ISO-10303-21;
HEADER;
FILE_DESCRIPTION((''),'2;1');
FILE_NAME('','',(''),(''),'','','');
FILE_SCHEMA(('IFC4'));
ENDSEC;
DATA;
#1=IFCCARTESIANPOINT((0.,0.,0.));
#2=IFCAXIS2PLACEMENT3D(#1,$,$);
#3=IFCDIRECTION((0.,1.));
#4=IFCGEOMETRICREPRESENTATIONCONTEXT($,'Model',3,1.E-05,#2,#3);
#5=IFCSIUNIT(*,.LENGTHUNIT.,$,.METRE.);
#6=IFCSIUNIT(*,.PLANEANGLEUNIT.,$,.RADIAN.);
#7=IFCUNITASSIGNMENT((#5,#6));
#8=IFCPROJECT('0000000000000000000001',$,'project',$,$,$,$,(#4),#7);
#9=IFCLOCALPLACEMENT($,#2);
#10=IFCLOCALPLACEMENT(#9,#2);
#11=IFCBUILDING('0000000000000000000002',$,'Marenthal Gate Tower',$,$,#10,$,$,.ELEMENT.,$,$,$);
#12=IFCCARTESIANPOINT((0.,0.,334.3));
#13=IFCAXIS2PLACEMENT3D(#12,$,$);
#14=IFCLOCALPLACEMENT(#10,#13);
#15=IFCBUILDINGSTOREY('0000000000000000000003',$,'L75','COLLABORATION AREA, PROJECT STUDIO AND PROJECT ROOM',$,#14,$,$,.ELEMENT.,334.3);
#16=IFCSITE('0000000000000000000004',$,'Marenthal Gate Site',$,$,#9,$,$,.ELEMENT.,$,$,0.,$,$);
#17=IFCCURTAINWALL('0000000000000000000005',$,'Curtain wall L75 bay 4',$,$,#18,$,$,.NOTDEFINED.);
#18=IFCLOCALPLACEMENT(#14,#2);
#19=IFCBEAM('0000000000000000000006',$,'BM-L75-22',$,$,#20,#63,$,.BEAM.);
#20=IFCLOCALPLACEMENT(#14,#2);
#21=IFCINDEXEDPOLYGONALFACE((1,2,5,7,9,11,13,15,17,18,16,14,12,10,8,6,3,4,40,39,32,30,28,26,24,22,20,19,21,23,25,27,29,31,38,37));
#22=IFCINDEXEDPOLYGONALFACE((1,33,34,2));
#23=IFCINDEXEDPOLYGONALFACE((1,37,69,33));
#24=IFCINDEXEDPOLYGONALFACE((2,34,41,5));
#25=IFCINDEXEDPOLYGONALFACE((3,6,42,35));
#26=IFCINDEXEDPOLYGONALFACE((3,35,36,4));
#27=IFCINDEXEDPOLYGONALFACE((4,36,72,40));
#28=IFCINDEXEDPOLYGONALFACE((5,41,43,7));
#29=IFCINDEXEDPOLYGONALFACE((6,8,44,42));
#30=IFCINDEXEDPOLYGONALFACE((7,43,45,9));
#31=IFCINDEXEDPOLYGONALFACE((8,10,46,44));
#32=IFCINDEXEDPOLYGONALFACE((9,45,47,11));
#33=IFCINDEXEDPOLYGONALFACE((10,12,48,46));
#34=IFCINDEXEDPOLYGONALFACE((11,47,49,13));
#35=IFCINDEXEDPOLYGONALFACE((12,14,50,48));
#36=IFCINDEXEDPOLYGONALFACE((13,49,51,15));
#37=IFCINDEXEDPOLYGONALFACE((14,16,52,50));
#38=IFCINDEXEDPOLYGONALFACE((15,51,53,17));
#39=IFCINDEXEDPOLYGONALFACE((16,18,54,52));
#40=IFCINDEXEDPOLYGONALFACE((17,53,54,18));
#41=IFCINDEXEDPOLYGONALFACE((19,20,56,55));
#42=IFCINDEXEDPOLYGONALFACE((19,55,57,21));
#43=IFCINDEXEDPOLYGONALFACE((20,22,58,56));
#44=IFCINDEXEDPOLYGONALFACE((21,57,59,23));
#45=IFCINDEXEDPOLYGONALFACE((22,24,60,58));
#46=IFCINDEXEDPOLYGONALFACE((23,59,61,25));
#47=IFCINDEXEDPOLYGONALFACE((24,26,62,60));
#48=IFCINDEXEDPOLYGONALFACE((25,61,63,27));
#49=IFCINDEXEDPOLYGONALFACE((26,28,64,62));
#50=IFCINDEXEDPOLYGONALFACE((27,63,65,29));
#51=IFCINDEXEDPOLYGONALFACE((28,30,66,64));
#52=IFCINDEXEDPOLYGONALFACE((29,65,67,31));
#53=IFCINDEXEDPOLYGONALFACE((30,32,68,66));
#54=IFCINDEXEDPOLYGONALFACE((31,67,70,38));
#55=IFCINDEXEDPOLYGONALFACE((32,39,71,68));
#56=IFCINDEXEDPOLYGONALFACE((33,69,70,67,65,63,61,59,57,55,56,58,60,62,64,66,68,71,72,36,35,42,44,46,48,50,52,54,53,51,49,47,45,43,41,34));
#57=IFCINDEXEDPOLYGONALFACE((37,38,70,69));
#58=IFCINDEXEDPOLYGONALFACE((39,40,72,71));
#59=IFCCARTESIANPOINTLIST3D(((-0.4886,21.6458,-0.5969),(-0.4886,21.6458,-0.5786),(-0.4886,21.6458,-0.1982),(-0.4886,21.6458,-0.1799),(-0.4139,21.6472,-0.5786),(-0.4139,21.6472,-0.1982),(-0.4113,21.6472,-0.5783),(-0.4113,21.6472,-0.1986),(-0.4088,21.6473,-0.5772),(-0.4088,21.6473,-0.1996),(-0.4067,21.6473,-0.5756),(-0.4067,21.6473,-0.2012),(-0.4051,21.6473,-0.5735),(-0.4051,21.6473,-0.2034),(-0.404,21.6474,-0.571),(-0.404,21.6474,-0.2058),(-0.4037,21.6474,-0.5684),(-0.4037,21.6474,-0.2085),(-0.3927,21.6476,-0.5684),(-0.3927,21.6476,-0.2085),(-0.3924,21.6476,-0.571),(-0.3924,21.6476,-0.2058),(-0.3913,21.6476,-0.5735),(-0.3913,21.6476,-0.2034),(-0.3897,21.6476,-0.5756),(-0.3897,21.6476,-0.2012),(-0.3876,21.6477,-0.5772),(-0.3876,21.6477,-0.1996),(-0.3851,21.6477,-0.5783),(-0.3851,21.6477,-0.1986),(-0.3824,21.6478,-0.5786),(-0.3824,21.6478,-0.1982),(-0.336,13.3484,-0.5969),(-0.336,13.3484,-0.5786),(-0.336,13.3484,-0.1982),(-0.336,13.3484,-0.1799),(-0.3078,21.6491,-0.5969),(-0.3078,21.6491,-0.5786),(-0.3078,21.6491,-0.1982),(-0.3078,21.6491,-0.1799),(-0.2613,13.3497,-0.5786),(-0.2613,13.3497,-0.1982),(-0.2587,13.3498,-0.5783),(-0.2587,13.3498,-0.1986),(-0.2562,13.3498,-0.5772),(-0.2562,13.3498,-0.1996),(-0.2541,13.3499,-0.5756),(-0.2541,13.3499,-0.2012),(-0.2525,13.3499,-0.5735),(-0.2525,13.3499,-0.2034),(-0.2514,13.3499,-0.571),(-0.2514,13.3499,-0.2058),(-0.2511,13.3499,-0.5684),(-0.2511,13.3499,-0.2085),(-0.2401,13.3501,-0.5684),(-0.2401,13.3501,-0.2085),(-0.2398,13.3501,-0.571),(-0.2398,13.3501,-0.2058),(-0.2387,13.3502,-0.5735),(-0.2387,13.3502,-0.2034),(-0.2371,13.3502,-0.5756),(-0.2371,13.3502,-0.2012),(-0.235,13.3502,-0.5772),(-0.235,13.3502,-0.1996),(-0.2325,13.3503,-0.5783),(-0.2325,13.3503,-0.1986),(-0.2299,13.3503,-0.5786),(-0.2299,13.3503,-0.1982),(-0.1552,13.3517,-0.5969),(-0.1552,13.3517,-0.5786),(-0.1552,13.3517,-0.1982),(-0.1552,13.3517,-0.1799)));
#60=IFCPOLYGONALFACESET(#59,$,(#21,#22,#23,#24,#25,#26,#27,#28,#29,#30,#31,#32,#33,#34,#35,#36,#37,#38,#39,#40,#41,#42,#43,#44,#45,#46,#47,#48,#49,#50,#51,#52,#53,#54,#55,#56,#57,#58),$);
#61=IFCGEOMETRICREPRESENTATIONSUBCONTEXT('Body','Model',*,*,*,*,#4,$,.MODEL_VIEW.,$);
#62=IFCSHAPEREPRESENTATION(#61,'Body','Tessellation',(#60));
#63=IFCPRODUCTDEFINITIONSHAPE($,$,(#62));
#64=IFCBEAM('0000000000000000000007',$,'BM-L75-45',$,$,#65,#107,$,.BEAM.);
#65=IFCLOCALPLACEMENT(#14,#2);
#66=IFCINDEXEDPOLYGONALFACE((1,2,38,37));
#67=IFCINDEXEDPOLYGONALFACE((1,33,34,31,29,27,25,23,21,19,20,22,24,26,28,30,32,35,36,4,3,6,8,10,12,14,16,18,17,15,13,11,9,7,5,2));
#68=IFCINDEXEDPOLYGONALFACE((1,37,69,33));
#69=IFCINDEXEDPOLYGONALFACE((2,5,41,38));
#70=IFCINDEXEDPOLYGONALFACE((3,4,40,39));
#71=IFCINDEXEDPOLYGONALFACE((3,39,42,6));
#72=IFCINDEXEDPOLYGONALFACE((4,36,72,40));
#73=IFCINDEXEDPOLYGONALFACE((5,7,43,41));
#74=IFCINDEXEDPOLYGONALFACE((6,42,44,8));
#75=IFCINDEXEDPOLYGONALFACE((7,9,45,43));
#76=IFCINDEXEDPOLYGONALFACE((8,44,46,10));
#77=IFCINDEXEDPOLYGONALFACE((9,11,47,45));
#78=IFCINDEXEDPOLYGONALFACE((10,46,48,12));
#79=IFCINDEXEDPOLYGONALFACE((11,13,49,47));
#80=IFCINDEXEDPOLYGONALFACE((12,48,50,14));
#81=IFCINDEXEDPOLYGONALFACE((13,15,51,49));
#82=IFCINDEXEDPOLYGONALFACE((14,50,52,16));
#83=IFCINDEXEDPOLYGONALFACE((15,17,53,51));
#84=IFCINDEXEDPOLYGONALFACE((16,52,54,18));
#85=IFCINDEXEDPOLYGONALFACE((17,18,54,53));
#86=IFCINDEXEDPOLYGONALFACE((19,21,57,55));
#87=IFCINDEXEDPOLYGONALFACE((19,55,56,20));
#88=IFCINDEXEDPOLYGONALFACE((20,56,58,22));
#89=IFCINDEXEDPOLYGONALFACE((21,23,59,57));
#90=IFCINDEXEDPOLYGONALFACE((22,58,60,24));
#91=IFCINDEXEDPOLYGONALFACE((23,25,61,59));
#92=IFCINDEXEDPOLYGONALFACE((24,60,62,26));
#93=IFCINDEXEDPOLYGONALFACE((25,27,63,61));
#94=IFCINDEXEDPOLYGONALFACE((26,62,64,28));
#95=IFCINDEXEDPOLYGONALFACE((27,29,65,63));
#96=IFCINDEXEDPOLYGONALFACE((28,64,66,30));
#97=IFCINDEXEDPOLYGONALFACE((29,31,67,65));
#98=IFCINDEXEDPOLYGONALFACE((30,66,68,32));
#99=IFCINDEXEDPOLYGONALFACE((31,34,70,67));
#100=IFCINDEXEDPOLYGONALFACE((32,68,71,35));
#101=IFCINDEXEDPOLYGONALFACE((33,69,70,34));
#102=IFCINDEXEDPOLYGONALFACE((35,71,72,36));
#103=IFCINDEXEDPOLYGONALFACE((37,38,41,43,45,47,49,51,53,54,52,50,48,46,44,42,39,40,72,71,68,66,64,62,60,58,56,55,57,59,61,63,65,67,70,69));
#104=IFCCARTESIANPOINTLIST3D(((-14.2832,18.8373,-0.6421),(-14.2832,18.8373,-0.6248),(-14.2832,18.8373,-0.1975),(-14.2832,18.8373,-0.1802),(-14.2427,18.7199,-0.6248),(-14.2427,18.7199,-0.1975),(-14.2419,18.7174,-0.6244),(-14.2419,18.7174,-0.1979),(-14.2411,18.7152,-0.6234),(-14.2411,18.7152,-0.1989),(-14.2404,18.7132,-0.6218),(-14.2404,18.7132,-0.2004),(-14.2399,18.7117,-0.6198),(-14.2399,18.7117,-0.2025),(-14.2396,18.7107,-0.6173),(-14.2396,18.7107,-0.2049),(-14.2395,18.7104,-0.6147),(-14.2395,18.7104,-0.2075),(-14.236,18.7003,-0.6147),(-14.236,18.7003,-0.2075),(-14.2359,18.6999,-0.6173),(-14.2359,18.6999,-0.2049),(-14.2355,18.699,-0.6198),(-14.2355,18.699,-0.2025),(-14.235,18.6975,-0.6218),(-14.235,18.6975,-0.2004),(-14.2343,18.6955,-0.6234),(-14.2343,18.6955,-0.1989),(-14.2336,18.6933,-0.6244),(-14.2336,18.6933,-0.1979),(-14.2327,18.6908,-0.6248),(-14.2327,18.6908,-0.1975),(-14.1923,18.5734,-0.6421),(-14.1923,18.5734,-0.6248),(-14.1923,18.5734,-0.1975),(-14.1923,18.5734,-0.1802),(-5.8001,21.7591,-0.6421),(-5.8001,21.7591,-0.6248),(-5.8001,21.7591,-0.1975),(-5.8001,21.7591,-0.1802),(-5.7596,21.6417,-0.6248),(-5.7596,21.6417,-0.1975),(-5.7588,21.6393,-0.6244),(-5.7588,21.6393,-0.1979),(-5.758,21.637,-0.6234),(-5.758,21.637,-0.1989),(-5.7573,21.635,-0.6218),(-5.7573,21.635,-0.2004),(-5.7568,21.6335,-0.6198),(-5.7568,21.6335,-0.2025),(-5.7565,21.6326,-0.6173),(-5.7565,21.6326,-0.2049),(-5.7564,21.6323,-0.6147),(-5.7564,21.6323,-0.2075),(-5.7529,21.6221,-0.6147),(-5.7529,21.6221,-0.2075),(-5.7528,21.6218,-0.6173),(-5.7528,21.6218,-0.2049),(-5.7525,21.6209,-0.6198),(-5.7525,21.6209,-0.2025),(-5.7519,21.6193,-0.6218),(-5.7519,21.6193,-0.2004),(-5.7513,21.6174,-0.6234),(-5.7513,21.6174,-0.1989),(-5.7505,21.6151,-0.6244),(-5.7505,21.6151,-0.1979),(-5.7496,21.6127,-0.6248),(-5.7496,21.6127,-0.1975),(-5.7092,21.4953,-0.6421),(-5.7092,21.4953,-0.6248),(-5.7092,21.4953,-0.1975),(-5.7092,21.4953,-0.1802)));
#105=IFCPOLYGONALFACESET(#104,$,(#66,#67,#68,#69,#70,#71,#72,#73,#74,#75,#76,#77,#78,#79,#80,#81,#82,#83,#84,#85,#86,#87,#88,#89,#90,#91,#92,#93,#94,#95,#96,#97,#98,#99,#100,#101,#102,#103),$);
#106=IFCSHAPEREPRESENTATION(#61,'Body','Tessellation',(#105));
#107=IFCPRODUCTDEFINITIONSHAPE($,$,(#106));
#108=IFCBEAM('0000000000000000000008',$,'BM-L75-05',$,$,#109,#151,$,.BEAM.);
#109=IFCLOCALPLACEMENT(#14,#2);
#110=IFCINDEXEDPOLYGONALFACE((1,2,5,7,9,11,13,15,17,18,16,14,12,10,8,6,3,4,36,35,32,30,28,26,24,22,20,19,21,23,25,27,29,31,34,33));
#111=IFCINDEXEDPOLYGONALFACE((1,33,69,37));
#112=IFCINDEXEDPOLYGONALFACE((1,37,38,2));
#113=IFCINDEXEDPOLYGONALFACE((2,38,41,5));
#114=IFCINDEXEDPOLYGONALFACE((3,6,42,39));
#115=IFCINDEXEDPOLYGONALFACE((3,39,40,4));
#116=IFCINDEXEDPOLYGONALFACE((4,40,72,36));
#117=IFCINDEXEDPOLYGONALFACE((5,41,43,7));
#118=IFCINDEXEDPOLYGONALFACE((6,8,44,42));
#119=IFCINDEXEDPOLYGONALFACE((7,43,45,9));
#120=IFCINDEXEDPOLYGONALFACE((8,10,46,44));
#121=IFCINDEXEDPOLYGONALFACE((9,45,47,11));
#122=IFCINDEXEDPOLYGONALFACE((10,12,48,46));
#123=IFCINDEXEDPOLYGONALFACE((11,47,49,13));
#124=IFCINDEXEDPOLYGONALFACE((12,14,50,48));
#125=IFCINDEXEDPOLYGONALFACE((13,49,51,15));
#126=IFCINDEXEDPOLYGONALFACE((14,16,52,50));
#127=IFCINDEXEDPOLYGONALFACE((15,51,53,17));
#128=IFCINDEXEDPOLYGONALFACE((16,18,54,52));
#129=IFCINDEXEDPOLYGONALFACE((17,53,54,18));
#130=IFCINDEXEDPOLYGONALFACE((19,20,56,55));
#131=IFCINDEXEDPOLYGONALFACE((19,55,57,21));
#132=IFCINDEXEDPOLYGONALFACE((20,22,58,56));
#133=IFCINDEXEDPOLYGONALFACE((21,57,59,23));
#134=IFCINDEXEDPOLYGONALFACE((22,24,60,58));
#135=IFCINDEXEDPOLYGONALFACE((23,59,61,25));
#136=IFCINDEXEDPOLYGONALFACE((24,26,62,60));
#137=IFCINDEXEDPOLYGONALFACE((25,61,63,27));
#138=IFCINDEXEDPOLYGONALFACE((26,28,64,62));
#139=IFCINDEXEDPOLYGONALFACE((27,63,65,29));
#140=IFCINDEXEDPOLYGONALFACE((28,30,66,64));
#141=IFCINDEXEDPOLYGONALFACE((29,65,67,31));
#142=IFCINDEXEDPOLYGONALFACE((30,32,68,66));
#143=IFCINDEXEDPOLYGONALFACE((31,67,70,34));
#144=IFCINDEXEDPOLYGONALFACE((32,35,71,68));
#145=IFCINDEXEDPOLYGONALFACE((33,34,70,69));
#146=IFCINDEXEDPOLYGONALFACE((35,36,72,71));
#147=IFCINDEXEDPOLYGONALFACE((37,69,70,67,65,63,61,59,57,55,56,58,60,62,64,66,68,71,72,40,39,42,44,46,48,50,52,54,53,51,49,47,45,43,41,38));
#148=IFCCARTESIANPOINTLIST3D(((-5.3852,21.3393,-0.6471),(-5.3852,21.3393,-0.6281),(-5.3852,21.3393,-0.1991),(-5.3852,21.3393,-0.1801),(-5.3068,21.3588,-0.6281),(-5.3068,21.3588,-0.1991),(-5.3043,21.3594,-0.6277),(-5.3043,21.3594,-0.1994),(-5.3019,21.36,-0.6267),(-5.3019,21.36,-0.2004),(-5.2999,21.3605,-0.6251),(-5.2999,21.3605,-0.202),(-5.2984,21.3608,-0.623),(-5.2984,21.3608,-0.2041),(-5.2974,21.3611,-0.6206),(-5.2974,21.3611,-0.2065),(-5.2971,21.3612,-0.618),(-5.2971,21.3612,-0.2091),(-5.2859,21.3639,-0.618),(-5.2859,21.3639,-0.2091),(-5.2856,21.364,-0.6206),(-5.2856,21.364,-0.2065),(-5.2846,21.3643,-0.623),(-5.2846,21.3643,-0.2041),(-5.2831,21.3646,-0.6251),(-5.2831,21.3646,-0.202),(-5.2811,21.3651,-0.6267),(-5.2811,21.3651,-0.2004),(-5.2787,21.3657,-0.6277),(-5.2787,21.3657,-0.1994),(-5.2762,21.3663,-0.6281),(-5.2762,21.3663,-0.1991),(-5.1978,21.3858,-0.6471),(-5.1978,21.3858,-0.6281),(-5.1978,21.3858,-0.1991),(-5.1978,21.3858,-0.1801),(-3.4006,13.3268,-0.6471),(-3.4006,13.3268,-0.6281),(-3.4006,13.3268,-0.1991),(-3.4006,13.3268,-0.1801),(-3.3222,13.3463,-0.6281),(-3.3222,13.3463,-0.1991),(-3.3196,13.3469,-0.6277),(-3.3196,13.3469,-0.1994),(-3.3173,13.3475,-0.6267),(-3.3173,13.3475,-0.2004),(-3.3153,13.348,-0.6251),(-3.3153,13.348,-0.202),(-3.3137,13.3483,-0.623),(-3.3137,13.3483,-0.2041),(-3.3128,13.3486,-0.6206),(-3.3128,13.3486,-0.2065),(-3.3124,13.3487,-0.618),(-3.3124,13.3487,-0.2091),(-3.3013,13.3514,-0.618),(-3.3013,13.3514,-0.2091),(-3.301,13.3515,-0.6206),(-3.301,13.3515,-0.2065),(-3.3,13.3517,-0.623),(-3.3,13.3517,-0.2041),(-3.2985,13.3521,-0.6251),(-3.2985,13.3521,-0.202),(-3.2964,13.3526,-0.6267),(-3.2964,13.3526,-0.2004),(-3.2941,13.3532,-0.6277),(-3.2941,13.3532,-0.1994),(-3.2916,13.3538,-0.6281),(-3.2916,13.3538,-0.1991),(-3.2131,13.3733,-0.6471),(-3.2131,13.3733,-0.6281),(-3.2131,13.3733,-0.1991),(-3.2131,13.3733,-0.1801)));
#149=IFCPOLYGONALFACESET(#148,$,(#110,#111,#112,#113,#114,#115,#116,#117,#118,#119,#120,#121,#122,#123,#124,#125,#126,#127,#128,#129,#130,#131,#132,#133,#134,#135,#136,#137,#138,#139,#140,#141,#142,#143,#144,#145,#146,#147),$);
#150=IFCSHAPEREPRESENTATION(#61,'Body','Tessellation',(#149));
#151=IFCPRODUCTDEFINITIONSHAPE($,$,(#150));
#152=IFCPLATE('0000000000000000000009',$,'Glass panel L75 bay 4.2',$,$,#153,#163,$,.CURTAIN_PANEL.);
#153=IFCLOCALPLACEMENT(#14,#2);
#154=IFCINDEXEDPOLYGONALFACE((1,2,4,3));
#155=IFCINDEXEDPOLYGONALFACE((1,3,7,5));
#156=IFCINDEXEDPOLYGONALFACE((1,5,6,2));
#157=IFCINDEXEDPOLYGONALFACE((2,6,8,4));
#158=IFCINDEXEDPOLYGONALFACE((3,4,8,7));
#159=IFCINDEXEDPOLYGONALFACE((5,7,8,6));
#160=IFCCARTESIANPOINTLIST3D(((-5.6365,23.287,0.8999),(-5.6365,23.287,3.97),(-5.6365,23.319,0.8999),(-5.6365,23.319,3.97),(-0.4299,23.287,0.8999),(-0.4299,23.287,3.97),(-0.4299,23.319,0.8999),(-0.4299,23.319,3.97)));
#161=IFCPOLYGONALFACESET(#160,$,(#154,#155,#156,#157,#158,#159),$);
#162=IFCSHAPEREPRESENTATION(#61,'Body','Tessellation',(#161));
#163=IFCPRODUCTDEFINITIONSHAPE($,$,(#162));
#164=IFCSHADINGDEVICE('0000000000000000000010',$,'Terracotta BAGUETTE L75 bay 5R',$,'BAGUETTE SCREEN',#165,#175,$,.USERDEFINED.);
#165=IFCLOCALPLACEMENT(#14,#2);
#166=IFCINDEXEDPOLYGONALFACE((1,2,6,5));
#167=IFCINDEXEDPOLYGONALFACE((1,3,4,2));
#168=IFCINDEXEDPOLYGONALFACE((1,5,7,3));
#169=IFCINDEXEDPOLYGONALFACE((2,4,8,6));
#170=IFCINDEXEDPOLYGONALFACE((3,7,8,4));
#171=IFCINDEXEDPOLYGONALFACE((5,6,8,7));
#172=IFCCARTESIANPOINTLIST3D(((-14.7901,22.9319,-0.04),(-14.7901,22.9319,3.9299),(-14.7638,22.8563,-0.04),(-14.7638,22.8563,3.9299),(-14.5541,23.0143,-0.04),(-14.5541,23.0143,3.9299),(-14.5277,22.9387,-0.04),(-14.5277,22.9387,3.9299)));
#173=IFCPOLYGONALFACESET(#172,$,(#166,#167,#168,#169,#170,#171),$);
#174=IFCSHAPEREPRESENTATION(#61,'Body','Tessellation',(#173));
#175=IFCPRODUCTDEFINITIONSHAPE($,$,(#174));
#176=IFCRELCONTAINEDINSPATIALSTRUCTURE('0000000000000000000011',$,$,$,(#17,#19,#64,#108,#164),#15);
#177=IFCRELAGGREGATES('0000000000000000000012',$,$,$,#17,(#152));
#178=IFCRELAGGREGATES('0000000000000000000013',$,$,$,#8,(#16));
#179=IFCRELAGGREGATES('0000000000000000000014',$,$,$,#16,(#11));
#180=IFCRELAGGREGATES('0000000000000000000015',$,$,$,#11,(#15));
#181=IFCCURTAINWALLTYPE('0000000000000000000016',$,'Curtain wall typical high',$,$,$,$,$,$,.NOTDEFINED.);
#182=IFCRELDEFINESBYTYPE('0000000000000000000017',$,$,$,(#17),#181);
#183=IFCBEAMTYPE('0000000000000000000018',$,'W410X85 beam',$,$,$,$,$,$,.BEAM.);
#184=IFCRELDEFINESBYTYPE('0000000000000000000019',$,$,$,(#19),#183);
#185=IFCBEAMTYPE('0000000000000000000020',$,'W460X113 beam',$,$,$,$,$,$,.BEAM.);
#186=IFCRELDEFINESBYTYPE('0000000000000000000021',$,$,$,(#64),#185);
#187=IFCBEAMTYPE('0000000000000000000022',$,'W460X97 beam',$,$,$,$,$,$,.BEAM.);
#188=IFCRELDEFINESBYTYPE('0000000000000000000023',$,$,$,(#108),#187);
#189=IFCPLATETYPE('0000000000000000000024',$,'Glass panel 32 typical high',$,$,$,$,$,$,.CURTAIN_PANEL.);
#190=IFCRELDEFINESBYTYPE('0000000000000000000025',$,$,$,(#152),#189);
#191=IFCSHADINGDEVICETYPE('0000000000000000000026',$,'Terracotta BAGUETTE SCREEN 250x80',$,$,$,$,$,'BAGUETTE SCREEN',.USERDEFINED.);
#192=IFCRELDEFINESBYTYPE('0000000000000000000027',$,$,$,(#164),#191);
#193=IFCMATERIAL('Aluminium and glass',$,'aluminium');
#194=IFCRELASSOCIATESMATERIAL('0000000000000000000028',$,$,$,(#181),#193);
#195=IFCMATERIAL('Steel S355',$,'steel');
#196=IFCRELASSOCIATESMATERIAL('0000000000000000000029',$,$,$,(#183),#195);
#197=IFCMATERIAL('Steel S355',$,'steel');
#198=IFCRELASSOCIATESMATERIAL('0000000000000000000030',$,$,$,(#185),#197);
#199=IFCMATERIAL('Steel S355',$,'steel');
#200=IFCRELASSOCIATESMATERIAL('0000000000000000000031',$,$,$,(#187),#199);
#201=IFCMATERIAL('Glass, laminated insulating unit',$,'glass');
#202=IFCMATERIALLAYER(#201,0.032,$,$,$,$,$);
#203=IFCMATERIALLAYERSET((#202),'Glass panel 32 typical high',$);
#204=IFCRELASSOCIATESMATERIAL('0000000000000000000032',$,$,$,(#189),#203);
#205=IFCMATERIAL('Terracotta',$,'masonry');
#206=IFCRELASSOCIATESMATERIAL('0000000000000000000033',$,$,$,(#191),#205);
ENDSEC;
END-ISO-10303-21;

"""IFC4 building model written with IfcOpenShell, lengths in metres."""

from ifc_helpers import new_model, si_unit, direction, frame, origin, origin_2d, place, context, subcontext, project, spatial, rectangle, i_section, extrude, material, layer, layer_set, material_profile, profile_set, type_object, element, aggregate, save


model = new_model("IFC4")

# Units and contexts
model_context = context("Model", 3, precision=1e-05, world=origin(), true_north=direction((0.0, 1.0)))
body_context = subcontext(model_context, "Body", "Model", "MODEL_VIEW")
ifc_project = project(units=[si_unit("LENGTHUNIT", "METRE"), si_unit("PLANEANGLEUNIT", "RADIAN")], contexts=[model_context])

# Site, building, storey
site_placement = place(None, origin())
site = spatial("IfcSite", under=ifc_project, at=site_placement, Name="Marenthal Gate Site", CompositionType="ELEMENT", RefElevation=0.0)
building_placement = place(site_placement, origin())
building = spatial("IfcBuilding", under=site, at=building_placement, Name="Marenthal Gate Tower", CompositionType="ELEMENT")
storey_placement = place(building_placement, frame((0.0, 0.0, 334.3)))
storey = spatial("IfcBuildingStorey", under=building, at=storey_placement, Name="L75", Description="COLLABORATION AREA, PROJECT STUDIO AND PROJECT ROOM", CompositionType="ELEMENT", Elevation=334.3)

# Curtain wall
ifc_material_1 = material(Name="Aluminium and glass", Category="aluminium")
curtain_wall_type = type_object("IfcCurtainWallType", Name="Curtain wall typical high", PredefinedType="NOTDEFINED", material=ifc_material_1)
curtain_wall_1_placement = place(storey_placement, origin())
curtain_wall_1 = element("IfcCurtainWall", 1, at=curtain_wall_1_placement, inside=storey, type_object=curtain_wall_type, Name="Curtain wall L75 bay 4", PredefinedType="NOTDEFINED")

# Beams
ifc_material_2 = material(Name="Steel S355", Category="steel")
ifc_material_profile_1 = material_profile(ifc_material_2, i_section(OverallWidth=0.1809, OverallDepth=0.417, WebThickness=0.011, FlangeThickness=0.0183, FilletRadius=0.0103, at=origin_2d()), Name="W410X85")
ifc_profile_set_1 = profile_set([ifc_material_profile_1], Name="Steel S355")
beam_type_1 = type_object("IfcBeamType", Name="W410X85 beam", PredefinedType="BEAM", material=ifc_profile_set_1)
beam_1_placement = place(storey_placement, frame((-0.3982, 21.6475, -0.3884), z_axis=(0.018387, -0.999831, 0.0), x_axis=(0.999831, 0.018387, 0.0)))
element("IfcBeam", 2, at=beam_1_placement, inside=storey, type_object=beam_type_1, Name="BM-L75-22", PredefinedType="BEAM", context=body_context, shape_type="SweptSolid", body=[
    extrude(i_section(OverallWidth=0.1809, OverallDepth=0.417, WebThickness=0.011, FlangeThickness=0.0183, FilletRadius=0.0103, at=origin_2d()), origin(), (0.0, 0.0, 1.0), 8.2988),
])
ifc_material_3 = material(Name="Steel S355", Category="steel")
ifc_material_profile_2 = material_profile(ifc_material_3, i_section(OverallWidth=0.2791, OverallDepth=0.4619, WebThickness=0.0107, FlangeThickness=0.0173, FilletRadius=0.01, at=origin_2d()), Name="W460X113")
ifc_profile_set_2 = profile_set([ifc_material_profile_2], Name="Steel S355")
beam_type_2 = type_object("IfcBeamType", Name="W460X113 beam", PredefinedType="BEAM", material=ifc_profile_set_2)
beam_2_placement = place(storey_placement, frame((-5.7546, 21.6272, -0.4111), z_axis=(-0.945488, -0.325657, 0.0), x_axis=(0.325657, -0.945488, 0.0)))
element("IfcBeam", 3, at=beam_2_placement, inside=storey, type_object=beam_type_2, Name="BM-L75-45", PredefinedType="BEAM", context=body_context, shape_type="SweptSolid", body=[
    extrude(i_section(OverallWidth=0.2791, OverallDepth=0.4619, WebThickness=0.0107, FlangeThickness=0.0173, FilletRadius=0.01, at=origin_2d()), origin(), (0.0, 0.0, 1.0), 8.9722),
])
ifc_material_4 = material(Name="Steel S355", Category="steel")
ifc_material_profile_3 = material_profile(ifc_material_4, i_section(OverallWidth=0.1931, OverallDepth=0.467, WebThickness=0.0115, FlangeThickness=0.019, FilletRadius=0.01, at=origin_2d()), Name="W460X97")
ifc_profile_set_3 = profile_set([ifc_material_profile_3], Name="Steel S355")
beam_type_3 = type_object("IfcBeamType", Name="W460X97 beam", PredefinedType="BEAM", material=ifc_profile_set_3)
beam_3_placement = place(storey_placement, frame((-5.2915, 21.3625, -0.4136), z_axis=(0.240426, -0.970667, 0.0), x_axis=(0.970667, 0.240426, 0.0)))
element("IfcBeam", 4, at=beam_3_placement, inside=storey, type_object=beam_type_3, Name="BM-L75-05", PredefinedType="BEAM", context=body_context, shape_type="SweptSolid", body=[
    extrude(i_section(OverallWidth=0.1931, OverallDepth=0.467, WebThickness=0.0115, FlangeThickness=0.019, FilletRadius=0.01, at=origin_2d()), origin(), (0.0, 0.0, 1.0), 8.2546),
])

# Plate
ifc_material_5 = material(Name="Glass, laminated insulating unit", Category="glass")
ifc_layer_1 = layer(ifc_material_5, 0.032)
ifc_layer_set_1 = layer_set([ifc_layer_1], Name="Glass panel 32 typical high")
plate_type = type_object("IfcPlateType", Name="Glass panel 32 typical high", PredefinedType="CURTAIN_PANEL", material=ifc_layer_set_1)
plate_placement = place(storey_placement, frame((-3.0332, 23.303, 0.8999), z_axis=(0.0, 0.0, 1.0), x_axis=(-1.0, 0.0, 0.0)))
plate = element("IfcPlate", 5, at=plate_placement, type_object=plate_type, Name="Glass panel L75 bay 4.2", PredefinedType="CURTAIN_PANEL", context=body_context, shape_type="SweptSolid", body=[
    extrude(rectangle(XDim=5.2065, YDim=0.032, at=origin_2d()), origin(), (0.0, 0.0, 1.0), 3.0701),
])
aggregate(curtain_wall_1, [plate])

# Shading device
ifc_material_6 = material(Name="Terracotta", Category="masonry")
ifc_material_profile_4 = material_profile(ifc_material_6, rectangle(XDim=0.25, YDim=0.0801, at=origin_2d()), Name="Terracotta baguette 250x80")
ifc_profile_set_4 = profile_set([ifc_material_profile_4], Name="Terracotta")
shading_device_type = type_object("IfcShadingDeviceType", Name="Terracotta BAGUETTE SCREEN 250x80", ElementType="BAGUETTE SCREEN", PredefinedType="USERDEFINED", material=ifc_profile_set_4)
shading_device_placement = place(storey_placement, frame((-14.6589, 22.9353, -0.04), z_axis=(0.0, 0.0, 1.0), x_axis=(-0.944186, -0.329413, 0.0)))
element("IfcShadingDevice", 6, at=shading_device_placement, inside=storey, type_object=shading_device_type, Name="Terracotta BAGUETTE L75 bay 5R", ObjectType="BAGUETTE SCREEN", PredefinedType="USERDEFINED", context=body_context, shape_type="SweptSolid", body=[
    extrude(rectangle(XDim=0.25, YDim=0.0801, at=origin_2d()), origin(), (0.0, 0.0, 1.0), 3.97),
])

save(model, "model.ifc")
